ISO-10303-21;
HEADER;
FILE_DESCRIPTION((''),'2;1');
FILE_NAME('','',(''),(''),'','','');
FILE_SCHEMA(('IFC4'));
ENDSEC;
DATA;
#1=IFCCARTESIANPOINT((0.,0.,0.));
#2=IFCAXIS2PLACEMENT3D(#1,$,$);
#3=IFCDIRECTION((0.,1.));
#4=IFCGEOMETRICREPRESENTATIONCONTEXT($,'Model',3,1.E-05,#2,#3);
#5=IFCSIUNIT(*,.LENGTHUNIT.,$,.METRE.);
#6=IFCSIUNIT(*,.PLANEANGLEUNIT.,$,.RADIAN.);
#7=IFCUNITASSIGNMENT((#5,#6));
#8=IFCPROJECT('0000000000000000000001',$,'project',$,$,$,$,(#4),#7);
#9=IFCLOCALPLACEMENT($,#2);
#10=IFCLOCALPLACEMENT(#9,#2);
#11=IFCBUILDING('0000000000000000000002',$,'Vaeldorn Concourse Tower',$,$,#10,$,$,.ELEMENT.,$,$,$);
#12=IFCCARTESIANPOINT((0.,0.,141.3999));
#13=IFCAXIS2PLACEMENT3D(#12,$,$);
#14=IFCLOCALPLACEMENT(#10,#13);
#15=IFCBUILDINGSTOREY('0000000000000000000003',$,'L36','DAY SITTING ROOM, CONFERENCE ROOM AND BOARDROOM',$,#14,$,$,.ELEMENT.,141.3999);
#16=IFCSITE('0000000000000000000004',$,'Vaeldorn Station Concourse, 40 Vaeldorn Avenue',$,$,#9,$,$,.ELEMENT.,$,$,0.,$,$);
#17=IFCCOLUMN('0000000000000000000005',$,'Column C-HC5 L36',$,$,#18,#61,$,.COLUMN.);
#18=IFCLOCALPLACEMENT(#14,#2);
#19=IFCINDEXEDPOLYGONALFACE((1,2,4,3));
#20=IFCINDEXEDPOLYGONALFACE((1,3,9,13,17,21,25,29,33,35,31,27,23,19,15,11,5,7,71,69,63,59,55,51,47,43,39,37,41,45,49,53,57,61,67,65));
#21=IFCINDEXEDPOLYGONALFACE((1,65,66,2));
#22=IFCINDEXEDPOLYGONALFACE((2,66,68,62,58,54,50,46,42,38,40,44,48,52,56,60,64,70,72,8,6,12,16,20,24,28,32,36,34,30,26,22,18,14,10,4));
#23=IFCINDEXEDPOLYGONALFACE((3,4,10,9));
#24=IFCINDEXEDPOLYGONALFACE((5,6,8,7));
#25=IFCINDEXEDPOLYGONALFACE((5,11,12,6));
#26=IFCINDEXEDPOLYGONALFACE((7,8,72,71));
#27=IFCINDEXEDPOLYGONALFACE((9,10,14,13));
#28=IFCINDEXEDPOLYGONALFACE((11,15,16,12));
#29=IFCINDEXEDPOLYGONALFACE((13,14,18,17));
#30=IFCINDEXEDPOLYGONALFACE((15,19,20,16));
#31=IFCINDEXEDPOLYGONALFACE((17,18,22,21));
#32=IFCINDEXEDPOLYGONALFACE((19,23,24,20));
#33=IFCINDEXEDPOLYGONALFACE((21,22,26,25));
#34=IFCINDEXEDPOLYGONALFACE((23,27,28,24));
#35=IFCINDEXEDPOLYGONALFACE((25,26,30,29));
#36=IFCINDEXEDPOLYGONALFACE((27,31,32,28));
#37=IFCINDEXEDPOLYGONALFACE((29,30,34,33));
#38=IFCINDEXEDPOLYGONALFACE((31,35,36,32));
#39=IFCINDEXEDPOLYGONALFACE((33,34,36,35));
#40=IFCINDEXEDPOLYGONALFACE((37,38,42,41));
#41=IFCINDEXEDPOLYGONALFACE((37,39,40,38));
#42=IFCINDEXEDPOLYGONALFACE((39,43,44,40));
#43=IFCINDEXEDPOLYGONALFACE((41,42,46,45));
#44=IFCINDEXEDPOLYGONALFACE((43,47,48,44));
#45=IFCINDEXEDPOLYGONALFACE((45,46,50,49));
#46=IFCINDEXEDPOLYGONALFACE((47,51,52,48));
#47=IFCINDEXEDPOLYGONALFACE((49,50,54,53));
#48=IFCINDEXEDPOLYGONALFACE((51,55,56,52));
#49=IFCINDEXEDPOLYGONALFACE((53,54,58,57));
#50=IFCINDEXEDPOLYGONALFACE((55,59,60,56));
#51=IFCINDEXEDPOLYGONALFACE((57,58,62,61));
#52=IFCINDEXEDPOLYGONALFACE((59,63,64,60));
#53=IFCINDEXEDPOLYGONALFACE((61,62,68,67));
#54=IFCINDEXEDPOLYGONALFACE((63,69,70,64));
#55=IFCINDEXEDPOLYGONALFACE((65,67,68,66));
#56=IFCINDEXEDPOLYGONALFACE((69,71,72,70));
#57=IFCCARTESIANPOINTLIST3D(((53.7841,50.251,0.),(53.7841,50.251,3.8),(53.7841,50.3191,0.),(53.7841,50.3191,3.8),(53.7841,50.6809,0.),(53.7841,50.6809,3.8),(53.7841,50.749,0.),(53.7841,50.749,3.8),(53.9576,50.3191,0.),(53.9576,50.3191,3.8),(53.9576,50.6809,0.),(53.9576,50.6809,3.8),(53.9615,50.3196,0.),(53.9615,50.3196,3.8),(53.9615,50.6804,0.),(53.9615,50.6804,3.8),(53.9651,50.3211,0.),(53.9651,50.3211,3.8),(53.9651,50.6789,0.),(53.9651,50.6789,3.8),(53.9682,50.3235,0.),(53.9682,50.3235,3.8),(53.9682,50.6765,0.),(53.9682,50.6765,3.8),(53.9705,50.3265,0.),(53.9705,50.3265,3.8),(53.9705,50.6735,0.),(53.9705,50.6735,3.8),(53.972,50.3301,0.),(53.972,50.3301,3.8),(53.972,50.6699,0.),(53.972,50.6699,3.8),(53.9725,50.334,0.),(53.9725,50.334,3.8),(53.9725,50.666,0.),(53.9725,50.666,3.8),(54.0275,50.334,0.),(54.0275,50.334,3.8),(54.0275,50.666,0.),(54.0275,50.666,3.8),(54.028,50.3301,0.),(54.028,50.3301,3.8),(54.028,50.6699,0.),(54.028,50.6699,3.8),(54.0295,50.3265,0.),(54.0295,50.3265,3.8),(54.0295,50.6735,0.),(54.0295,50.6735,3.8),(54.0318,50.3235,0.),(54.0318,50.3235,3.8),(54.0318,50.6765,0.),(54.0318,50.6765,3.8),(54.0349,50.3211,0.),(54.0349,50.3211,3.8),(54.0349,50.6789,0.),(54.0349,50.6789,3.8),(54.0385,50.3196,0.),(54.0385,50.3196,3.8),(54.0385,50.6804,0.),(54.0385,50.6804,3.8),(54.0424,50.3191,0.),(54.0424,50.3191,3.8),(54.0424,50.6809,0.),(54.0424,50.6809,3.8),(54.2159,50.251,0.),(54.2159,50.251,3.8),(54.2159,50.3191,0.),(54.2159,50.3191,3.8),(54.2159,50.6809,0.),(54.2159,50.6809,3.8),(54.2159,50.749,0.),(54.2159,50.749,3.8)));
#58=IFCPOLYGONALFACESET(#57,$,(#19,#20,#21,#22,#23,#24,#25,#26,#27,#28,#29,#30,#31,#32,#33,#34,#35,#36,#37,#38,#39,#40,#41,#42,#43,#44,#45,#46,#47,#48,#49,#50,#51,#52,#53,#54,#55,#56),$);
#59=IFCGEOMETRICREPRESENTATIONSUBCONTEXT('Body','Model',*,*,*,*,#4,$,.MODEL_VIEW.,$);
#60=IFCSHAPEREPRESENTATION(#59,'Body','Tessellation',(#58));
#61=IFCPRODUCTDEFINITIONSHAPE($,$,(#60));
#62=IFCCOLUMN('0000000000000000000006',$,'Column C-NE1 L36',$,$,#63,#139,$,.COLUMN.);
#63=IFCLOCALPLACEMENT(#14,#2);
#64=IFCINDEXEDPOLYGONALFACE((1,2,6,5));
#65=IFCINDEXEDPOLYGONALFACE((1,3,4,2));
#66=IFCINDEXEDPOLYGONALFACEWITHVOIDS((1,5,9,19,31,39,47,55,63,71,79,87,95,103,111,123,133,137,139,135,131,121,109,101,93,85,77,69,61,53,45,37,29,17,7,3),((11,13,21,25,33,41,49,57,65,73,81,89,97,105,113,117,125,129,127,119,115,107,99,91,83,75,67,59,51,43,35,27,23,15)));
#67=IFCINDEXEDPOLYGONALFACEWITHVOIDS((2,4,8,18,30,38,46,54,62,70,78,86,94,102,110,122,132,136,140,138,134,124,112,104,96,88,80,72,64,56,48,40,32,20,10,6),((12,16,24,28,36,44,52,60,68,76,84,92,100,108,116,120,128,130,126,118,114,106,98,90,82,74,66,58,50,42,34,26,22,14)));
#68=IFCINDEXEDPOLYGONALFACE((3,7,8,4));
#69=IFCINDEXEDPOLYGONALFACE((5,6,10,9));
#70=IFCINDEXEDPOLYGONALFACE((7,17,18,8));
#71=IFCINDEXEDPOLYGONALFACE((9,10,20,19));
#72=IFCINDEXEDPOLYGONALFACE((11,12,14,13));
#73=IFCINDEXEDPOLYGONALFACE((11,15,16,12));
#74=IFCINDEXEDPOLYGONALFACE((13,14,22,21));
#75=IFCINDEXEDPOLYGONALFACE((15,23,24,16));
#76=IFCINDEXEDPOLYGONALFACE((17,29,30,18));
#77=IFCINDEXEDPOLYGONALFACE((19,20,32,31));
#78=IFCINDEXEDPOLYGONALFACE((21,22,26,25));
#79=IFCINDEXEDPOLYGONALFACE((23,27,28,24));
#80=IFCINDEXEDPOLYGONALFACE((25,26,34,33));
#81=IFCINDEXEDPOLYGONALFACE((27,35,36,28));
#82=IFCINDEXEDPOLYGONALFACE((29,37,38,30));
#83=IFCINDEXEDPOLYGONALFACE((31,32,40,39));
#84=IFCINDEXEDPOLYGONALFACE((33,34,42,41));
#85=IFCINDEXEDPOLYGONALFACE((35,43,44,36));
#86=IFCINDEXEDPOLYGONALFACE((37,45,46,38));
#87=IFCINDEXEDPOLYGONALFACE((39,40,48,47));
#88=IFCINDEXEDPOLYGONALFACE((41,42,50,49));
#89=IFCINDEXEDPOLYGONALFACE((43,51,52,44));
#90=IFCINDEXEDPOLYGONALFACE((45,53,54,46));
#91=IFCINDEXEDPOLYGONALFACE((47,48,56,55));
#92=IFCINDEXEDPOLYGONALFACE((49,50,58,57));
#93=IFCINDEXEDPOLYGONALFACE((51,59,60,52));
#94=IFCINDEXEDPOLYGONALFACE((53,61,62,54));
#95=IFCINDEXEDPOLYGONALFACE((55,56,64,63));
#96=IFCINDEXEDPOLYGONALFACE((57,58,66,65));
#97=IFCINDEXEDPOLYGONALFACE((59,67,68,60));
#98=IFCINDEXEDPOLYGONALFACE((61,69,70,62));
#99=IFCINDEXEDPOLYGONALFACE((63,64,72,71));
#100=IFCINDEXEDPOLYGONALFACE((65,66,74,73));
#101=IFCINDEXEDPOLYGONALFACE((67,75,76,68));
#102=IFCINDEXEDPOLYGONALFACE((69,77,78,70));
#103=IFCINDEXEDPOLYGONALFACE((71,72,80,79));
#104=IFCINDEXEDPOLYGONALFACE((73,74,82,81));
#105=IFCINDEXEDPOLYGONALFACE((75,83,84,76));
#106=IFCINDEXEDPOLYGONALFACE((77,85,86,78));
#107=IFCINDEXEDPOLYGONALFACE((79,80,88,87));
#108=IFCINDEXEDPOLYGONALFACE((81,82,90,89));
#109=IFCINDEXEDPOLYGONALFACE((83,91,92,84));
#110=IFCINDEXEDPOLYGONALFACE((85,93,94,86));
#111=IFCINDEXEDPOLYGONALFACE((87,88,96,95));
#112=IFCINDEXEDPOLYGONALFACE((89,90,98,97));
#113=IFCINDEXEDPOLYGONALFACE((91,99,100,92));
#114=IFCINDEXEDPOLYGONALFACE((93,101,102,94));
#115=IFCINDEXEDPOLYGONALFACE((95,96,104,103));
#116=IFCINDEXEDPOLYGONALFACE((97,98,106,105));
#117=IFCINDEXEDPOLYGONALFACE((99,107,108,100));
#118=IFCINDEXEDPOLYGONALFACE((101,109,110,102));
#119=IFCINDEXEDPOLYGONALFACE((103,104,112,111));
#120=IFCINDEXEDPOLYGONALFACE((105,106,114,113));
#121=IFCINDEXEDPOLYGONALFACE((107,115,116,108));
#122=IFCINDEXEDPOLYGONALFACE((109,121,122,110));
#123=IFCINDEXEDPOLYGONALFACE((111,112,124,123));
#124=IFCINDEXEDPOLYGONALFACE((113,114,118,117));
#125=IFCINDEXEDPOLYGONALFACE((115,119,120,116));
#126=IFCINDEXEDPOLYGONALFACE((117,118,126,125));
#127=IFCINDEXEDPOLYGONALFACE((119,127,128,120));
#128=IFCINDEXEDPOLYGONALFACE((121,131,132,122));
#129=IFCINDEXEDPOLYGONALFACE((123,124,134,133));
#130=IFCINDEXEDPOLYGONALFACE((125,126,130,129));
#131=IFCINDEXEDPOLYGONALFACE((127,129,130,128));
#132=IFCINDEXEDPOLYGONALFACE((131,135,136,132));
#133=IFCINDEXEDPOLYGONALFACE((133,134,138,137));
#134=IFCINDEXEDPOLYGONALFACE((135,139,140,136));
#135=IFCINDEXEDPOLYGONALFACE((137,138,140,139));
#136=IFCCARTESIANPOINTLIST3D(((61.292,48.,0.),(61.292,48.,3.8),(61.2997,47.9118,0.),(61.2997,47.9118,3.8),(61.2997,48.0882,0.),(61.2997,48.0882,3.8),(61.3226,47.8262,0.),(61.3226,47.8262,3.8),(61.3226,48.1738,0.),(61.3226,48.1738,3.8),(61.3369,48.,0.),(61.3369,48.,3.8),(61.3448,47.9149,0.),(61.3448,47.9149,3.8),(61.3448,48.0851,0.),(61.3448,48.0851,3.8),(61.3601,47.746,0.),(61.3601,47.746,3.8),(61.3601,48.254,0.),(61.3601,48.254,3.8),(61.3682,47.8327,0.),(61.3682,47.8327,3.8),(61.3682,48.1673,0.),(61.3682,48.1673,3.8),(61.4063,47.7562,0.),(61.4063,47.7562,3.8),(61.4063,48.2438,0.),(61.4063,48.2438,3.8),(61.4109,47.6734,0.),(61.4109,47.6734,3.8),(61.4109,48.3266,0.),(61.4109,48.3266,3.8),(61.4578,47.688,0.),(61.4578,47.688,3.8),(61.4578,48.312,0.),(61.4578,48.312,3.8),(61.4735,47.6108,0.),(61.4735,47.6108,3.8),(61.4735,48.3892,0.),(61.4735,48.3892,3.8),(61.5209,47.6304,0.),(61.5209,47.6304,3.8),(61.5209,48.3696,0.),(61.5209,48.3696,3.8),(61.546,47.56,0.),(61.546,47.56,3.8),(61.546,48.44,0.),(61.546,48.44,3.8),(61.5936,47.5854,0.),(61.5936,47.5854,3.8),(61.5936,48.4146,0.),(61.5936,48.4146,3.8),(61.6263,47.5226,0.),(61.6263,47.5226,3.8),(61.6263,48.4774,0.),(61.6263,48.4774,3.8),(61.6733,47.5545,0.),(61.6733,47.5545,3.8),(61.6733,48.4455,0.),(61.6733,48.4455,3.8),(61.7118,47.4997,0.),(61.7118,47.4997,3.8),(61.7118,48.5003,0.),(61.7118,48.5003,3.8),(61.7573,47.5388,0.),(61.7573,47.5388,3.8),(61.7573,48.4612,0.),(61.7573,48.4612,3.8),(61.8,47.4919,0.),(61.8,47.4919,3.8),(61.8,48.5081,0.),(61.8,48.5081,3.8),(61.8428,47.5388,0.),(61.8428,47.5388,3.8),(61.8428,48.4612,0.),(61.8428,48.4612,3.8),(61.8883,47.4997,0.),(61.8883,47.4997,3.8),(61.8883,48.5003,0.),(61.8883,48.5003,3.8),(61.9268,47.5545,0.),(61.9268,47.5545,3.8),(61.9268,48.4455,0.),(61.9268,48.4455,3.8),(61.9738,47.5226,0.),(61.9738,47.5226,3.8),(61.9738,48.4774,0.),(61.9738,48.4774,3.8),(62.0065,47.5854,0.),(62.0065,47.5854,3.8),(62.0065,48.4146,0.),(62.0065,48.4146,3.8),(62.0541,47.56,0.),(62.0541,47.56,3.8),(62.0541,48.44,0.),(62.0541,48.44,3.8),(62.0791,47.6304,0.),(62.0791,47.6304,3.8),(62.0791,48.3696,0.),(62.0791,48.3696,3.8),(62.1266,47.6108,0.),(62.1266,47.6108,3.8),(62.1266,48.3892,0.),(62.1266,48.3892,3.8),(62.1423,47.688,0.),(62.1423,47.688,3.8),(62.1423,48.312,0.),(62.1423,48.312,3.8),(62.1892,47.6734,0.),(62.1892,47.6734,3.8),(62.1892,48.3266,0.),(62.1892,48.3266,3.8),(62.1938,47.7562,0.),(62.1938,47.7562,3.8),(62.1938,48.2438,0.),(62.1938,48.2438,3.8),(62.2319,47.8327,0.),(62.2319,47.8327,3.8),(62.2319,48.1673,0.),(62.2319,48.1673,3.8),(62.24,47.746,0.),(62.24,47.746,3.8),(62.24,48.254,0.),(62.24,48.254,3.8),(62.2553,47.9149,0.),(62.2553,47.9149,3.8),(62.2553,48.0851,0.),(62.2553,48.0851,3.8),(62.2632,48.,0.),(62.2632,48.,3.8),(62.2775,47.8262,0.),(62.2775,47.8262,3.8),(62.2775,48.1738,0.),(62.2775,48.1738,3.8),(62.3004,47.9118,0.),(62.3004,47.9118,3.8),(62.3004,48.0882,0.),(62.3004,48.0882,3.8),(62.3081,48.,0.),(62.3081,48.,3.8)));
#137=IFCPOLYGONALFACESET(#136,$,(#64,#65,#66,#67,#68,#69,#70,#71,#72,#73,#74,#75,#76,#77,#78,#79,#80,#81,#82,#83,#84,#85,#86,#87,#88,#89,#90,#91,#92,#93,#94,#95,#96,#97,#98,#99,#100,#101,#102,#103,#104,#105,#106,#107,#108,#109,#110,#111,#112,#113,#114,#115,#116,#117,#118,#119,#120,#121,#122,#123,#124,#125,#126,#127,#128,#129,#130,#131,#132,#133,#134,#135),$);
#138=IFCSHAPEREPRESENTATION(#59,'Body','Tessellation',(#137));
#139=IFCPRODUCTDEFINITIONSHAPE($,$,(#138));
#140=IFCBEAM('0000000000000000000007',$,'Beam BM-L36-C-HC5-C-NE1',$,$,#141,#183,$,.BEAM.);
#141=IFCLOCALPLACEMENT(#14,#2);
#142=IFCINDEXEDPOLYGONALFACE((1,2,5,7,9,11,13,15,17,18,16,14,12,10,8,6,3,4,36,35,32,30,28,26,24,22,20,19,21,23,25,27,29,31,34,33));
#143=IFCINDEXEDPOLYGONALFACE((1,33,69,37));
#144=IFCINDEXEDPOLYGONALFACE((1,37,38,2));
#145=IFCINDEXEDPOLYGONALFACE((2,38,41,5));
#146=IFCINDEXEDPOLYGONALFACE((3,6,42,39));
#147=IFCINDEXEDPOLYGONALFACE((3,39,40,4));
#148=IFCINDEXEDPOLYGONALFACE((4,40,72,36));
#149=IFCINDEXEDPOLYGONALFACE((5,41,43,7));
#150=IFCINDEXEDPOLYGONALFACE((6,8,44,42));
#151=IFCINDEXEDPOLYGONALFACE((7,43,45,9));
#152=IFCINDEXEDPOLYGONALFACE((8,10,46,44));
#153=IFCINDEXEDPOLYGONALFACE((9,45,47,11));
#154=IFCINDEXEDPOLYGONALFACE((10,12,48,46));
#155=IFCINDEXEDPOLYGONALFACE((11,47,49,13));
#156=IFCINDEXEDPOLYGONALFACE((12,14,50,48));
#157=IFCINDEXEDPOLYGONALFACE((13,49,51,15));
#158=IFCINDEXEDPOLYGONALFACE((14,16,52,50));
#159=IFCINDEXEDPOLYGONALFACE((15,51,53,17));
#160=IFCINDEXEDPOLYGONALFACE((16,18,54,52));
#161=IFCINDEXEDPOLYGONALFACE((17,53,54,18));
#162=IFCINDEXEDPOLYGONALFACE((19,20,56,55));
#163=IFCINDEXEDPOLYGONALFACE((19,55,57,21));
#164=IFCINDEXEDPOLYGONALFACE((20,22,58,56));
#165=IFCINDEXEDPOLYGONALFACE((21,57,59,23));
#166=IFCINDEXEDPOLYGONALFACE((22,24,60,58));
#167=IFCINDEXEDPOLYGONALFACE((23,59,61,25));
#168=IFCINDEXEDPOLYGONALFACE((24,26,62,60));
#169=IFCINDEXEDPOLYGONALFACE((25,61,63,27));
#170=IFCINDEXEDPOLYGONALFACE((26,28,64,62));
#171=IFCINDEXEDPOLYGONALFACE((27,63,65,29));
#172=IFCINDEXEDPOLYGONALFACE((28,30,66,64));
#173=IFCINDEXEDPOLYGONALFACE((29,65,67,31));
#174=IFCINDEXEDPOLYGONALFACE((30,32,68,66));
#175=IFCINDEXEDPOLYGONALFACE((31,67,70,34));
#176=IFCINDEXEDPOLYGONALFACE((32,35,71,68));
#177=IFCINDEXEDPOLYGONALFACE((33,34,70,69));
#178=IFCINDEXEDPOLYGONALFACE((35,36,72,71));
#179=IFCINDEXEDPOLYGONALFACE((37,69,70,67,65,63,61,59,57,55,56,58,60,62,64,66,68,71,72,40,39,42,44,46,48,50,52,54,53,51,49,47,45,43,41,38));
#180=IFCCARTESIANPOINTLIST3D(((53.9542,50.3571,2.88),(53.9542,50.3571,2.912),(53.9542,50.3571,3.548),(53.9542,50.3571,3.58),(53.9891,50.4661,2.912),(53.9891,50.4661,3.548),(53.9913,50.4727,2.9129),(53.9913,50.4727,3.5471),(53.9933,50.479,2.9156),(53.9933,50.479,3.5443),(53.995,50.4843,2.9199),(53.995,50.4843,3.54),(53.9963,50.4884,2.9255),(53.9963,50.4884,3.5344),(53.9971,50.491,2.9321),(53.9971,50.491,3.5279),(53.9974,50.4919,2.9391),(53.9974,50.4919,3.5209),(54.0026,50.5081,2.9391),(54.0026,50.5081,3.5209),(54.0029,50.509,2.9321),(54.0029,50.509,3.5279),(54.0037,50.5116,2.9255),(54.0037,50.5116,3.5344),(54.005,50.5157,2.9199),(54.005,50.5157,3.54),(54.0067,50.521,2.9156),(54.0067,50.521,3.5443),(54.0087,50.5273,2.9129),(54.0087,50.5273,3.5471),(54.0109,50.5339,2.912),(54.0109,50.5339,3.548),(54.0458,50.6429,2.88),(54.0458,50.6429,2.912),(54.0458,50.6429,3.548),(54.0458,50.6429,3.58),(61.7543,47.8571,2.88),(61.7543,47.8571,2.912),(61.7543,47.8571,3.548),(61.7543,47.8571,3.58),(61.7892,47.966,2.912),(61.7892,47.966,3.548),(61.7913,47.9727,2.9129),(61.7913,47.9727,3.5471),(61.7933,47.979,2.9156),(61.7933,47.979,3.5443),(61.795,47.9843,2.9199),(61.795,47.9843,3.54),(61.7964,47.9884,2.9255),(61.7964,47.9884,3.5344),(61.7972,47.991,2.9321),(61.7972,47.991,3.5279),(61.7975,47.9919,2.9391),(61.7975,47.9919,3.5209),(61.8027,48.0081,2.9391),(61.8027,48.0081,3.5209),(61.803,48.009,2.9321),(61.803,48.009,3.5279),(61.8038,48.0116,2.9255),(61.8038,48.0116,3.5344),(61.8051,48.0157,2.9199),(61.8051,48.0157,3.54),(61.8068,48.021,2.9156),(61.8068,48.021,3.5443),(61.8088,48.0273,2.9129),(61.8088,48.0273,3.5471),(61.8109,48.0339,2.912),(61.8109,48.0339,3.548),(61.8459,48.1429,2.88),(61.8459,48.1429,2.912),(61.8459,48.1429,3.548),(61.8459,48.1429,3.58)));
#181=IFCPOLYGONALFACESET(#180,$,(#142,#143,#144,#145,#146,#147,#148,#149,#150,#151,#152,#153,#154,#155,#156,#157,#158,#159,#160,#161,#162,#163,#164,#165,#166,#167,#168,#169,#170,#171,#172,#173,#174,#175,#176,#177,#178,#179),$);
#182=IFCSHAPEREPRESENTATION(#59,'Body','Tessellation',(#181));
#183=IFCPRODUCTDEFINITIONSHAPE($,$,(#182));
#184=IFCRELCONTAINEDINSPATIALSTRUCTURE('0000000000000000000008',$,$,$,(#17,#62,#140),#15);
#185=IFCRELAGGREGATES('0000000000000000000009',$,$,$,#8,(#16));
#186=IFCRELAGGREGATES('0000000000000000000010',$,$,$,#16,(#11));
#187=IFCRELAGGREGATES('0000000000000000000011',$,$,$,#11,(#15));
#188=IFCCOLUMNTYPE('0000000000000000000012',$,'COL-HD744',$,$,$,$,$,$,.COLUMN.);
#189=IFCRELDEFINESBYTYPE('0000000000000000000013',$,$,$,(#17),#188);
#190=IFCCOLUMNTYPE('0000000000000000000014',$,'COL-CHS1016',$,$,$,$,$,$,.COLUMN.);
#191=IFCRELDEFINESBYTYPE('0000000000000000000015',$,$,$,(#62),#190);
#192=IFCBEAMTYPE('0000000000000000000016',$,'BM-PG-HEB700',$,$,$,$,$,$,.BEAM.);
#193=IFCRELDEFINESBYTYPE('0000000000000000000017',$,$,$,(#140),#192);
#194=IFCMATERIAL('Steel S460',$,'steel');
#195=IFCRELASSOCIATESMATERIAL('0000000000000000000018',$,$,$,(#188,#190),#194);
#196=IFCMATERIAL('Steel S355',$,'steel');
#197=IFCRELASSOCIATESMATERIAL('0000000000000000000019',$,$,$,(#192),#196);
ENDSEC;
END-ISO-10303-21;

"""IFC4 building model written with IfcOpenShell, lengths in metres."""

from ifc_helpers import new_model, si_unit, direction, frame, origin, origin_2d, place, context, subcontext, project, spatial, hollow_circle, i_section, extrude, source, transform, mapped, material, material_profile, profile_set, type_object, element, save


model = new_model("IFC4")

# Units and contexts
model_context = context("Model", 3, precision=1e-05, world=origin(), true_north=direction((0.0, 1.0)))
body_context = subcontext(model_context, "Body", "Model", "MODEL_VIEW")
ifc_project = project(units=[si_unit("LENGTHUNIT", "METRE"), si_unit("PLANEANGLEUNIT", "RADIAN")], contexts=[model_context])

# Site, building, storey
site_placement = place(None, origin())
site = spatial("IfcSite", under=ifc_project, at=site_placement, Name="Vaeldorn Station Concourse, 40 Vaeldorn Avenue", CompositionType="ELEMENT", RefElevation=0.0)
building_placement = place(site_placement, origin())
building = spatial("IfcBuilding", under=site, at=building_placement, Name="Vaeldorn Concourse Tower", CompositionType="ELEMENT")
storey_placement = place(building_placement, frame((0.0, 0.0, 141.3999)))
storey = spatial("IfcBuildingStorey", under=building, at=storey_placement, Name="L36", Description="DAY SITTING ROOM, CONFERENCE ROOM AND BOARDROOM", CompositionType="ELEMENT", Elevation=141.3999)

# Columns
ifc_material_1 = material(Name="Steel S460", Category="steel")
ifc_material_profile_1 = material_profile(ifc_material_1, i_section(OverallWidth=0.4319, OverallDepth=0.498, WebThickness=0.0549, FlangeThickness=0.0681, FilletRadius=0.0149, at=origin_2d()), Name="HD 400x744")
ifc_profile_set_1 = profile_set([ifc_material_profile_1], Name="Steel S460")
column_type_1 = type_object("IfcColumnType", Name="COL-HD744", PredefinedType="COLUMN", material=ifc_profile_set_1)
shared_shape_1 = source(origin(), body_context, "Body", "SweptSolid", [
    extrude(i_section(OverallWidth=0.4319, OverallDepth=0.498, WebThickness=0.0549, FlangeThickness=0.0681, FilletRadius=0.0149, at=origin_2d()), origin(), (0.0, 0.0, 1.0), 3.8),
])
column_1_placement = place(storey_placement, frame((54.0, 50.5, 0.0), z_axis=(0.0, 0.0, 1.0), x_axis=(1.0, 0.0, 0.0)))
element("IfcColumn", 1, at=column_1_placement, inside=storey, type_object=column_type_1, Name="Column C-HC5 L36", PredefinedType="COLUMN", context=body_context, shape_type="MappedRepresentation", body=[
    mapped(shared_shape_1, transform((0.0, 0.0, 0.0), scale=1.0)),
])
ifc_material_profile_2 = material_profile(ifc_material_1, hollow_circle(Radius=0.5081, WallThickness=0.0449, at=origin_2d()), Name="CHS 1016x45")
ifc_profile_set_2 = profile_set([ifc_material_profile_2], Name="Steel S460")
column_type_2 = type_object("IfcColumnType", Name="COL-CHS1016", PredefinedType="COLUMN", material=ifc_profile_set_2)
shared_shape_2 = source(origin(), body_context, "Body", "SweptSolid", [
    extrude(hollow_circle(Radius=0.5081, WallThickness=0.0449, at=origin_2d()), origin(), (0.0, 0.0, 1.0), 3.8),
])
column_2_placement = place(storey_placement, frame((61.8, 48.0, 0.0), z_axis=(0.0, 0.0, 1.0), x_axis=(1.0, 0.0, 0.0)))
element("IfcColumn", 2, at=column_2_placement, inside=storey, type_object=column_type_2, Name="Column C-NE1 L36", PredefinedType="COLUMN", context=body_context, shape_type="MappedRepresentation", body=[
    mapped(shared_shape_2, transform((0.0, 0.0, 0.0), scale=1.0)),
])

# Beam
ifc_material_2 = material(Name="Steel S355", Category="steel")
ifc_material_profile_3 = material_profile(ifc_material_2, i_section(OverallWidth=0.3, OverallDepth=0.7, WebThickness=0.0171, FlangeThickness=0.032, FilletRadius=0.0271, at=origin_2d()), Name="HEB 700")
ifc_profile_set_3 = profile_set([ifc_material_profile_3], Name="Steel S355")
beam_type_1 = type_object("IfcBeamType", Name="BM-PG-HEB700", PredefinedType="BEAM", material=ifc_profile_set_3)
shared_shape_3 = source(origin(), body_context, "Body", "SweptSolid", [
    extrude(i_section(OverallWidth=0.3, OverallDepth=0.7, WebThickness=0.0171, FlangeThickness=0.032, FilletRadius=0.0271, at=origin_2d()), origin(), (0.0, 0.0, 1.0), 8.1909),
])
beam_1_placement = place(storey_placement, frame((54.0, 50.5, 3.23), z_axis=(0.952283, -0.305217, 0.0), x_axis=(0.305217, 0.952283, 0.0)))
element("IfcBeam", 3, at=beam_1_placement, inside=storey, type_object=beam_type_1, Name="Beam BM-L36-C-HC5-C-NE1", PredefinedType="BEAM", context=body_context, shape_type="MappedRepresentation", body=[
    mapped(shared_shape_3, transform((0.0, 0.0, 0.0), scale=1.0)),
])

save(model, "model.ifc")
